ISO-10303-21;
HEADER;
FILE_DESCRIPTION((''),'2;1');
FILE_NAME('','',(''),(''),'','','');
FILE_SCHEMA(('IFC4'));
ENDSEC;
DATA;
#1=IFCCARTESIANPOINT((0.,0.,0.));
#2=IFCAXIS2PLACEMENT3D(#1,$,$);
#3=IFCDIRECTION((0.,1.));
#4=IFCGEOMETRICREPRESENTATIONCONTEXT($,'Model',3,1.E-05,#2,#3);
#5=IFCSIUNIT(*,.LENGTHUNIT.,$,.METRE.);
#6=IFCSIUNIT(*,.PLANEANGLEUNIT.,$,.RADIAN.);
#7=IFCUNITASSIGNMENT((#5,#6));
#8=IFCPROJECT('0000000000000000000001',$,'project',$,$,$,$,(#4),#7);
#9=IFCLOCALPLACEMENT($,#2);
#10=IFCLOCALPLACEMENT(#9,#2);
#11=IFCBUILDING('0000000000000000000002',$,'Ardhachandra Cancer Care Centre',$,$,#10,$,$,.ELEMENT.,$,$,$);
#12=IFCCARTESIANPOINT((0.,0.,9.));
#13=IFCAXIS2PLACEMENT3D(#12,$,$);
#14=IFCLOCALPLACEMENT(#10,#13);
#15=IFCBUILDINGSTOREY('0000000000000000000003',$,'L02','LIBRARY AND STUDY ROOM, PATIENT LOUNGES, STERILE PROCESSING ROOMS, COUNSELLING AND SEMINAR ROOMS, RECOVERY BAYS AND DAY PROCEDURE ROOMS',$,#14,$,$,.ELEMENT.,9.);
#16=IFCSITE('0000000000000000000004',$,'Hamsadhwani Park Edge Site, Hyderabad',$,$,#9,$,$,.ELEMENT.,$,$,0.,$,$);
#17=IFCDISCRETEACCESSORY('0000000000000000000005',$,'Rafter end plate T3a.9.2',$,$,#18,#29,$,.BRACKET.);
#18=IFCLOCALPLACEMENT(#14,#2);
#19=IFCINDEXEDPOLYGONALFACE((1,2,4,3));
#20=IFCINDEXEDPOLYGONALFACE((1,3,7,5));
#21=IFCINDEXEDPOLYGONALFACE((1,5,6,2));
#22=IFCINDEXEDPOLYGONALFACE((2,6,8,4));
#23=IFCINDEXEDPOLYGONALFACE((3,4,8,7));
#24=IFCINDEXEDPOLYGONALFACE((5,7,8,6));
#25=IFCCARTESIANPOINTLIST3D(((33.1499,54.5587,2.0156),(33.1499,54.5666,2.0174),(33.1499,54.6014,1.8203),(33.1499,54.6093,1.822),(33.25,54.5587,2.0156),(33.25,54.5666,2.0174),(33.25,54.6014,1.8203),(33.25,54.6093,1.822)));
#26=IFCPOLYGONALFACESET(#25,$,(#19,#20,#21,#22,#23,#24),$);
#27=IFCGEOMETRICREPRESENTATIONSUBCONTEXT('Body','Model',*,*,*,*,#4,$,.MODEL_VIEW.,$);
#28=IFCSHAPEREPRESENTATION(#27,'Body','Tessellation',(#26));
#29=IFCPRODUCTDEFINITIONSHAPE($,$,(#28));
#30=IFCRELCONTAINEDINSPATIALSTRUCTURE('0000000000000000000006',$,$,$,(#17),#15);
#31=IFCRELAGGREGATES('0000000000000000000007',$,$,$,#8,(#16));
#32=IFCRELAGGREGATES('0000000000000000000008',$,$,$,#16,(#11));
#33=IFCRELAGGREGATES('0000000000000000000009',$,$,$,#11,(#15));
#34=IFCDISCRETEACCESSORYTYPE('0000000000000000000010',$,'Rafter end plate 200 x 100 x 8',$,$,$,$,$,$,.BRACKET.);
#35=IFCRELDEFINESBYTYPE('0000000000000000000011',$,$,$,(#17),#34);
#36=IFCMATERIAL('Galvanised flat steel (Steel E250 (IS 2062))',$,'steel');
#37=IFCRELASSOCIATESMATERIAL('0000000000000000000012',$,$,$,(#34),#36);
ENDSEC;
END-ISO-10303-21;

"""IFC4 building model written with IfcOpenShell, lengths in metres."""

from ifc_helpers import new_model, si_unit, direction, frame, origin, origin_2d, place, context, subcontext, project, spatial, rectangle, extrude, material, material_profile, profile_set, type_object, element, save


model = new_model("IFC4")

# Units and contexts
model_context = context("Model", 3, precision=1e-05, world=origin(), true_north=direction((0.0, 1.0)))
body_context = subcontext(model_context, "Body", "Model", "MODEL_VIEW")
ifc_project = project(units=[si_unit("LENGTHUNIT", "METRE"), si_unit("PLANEANGLEUNIT", "RADIAN")], contexts=[model_context])

# Site, building, storey
site_placement = place(None, origin())
site = spatial("IfcSite", under=ifc_project, at=site_placement, Name="Hamsadhwani Park Edge Site, Hyderabad", CompositionType="ELEMENT", RefElevation=0.0)
building_placement = place(site_placement, origin())
building = spatial("IfcBuilding", under=site, at=building_placement, Name="Ardhachandra Cancer Care Centre", CompositionType="ELEMENT")
storey_placement = place(building_placement, frame((0.0, 0.0, 9.0)))
storey = spatial("IfcBuildingStorey", under=building, at=storey_placement, Name="L02", Description="LIBRARY AND STUDY ROOM, PATIENT LOUNGES, STERILE PROCESSING ROOMS, COUNSELLING AND SEMINAR ROOMS, RECOVERY BAYS AND DAY PROCEDURE ROOMS", CompositionType="ELEMENT", Elevation=9.0)

# Discrete accessory
ifc_material_1 = material(Name="Galvanised flat steel (Steel E250 (IS 2062))", Category="steel")
ifc_material_profile_1 = material_profile(ifc_material_1, rectangle(XDim=0.1001, YDim=0.2, at=origin_2d()), Name="Rafter end plate 200 x 100 x 8")
ifc_profile_set_1 = profile_set([ifc_material_profile_1], Name="Galvanised flat steel (Steel E250 (IS 2062))")
discrete_accessory_type = type_object("IfcDiscreteAccessoryType", Name="Rafter end plate 200 x 100 x 8", PredefinedType="BRACKET", material=ifc_profile_set_1)
for number, where, z_axis, x_axis, name in (
    (1, (33.2, 54.5801, 1.918), (0.0, 0.9769, 0.213697), (-1.0, 0.0, 0.0), "Rafter end plate T3a.9.2"),
):
    element("IfcDiscreteAccessory", number, at=place(storey_placement, frame(where, z_axis=z_axis, x_axis=x_axis)), inside=storey, type_object=discrete_accessory_type, Name=name, PredefinedType="BRACKET", context=body_context, shape_type="SweptSolid", body=[
        extrude(rectangle(XDim=0.1001, YDim=0.2, at=origin_2d()), origin(), (0.0, 0.0, 1.0), 0.0081),
    ])

save(model, "model.ifc")
